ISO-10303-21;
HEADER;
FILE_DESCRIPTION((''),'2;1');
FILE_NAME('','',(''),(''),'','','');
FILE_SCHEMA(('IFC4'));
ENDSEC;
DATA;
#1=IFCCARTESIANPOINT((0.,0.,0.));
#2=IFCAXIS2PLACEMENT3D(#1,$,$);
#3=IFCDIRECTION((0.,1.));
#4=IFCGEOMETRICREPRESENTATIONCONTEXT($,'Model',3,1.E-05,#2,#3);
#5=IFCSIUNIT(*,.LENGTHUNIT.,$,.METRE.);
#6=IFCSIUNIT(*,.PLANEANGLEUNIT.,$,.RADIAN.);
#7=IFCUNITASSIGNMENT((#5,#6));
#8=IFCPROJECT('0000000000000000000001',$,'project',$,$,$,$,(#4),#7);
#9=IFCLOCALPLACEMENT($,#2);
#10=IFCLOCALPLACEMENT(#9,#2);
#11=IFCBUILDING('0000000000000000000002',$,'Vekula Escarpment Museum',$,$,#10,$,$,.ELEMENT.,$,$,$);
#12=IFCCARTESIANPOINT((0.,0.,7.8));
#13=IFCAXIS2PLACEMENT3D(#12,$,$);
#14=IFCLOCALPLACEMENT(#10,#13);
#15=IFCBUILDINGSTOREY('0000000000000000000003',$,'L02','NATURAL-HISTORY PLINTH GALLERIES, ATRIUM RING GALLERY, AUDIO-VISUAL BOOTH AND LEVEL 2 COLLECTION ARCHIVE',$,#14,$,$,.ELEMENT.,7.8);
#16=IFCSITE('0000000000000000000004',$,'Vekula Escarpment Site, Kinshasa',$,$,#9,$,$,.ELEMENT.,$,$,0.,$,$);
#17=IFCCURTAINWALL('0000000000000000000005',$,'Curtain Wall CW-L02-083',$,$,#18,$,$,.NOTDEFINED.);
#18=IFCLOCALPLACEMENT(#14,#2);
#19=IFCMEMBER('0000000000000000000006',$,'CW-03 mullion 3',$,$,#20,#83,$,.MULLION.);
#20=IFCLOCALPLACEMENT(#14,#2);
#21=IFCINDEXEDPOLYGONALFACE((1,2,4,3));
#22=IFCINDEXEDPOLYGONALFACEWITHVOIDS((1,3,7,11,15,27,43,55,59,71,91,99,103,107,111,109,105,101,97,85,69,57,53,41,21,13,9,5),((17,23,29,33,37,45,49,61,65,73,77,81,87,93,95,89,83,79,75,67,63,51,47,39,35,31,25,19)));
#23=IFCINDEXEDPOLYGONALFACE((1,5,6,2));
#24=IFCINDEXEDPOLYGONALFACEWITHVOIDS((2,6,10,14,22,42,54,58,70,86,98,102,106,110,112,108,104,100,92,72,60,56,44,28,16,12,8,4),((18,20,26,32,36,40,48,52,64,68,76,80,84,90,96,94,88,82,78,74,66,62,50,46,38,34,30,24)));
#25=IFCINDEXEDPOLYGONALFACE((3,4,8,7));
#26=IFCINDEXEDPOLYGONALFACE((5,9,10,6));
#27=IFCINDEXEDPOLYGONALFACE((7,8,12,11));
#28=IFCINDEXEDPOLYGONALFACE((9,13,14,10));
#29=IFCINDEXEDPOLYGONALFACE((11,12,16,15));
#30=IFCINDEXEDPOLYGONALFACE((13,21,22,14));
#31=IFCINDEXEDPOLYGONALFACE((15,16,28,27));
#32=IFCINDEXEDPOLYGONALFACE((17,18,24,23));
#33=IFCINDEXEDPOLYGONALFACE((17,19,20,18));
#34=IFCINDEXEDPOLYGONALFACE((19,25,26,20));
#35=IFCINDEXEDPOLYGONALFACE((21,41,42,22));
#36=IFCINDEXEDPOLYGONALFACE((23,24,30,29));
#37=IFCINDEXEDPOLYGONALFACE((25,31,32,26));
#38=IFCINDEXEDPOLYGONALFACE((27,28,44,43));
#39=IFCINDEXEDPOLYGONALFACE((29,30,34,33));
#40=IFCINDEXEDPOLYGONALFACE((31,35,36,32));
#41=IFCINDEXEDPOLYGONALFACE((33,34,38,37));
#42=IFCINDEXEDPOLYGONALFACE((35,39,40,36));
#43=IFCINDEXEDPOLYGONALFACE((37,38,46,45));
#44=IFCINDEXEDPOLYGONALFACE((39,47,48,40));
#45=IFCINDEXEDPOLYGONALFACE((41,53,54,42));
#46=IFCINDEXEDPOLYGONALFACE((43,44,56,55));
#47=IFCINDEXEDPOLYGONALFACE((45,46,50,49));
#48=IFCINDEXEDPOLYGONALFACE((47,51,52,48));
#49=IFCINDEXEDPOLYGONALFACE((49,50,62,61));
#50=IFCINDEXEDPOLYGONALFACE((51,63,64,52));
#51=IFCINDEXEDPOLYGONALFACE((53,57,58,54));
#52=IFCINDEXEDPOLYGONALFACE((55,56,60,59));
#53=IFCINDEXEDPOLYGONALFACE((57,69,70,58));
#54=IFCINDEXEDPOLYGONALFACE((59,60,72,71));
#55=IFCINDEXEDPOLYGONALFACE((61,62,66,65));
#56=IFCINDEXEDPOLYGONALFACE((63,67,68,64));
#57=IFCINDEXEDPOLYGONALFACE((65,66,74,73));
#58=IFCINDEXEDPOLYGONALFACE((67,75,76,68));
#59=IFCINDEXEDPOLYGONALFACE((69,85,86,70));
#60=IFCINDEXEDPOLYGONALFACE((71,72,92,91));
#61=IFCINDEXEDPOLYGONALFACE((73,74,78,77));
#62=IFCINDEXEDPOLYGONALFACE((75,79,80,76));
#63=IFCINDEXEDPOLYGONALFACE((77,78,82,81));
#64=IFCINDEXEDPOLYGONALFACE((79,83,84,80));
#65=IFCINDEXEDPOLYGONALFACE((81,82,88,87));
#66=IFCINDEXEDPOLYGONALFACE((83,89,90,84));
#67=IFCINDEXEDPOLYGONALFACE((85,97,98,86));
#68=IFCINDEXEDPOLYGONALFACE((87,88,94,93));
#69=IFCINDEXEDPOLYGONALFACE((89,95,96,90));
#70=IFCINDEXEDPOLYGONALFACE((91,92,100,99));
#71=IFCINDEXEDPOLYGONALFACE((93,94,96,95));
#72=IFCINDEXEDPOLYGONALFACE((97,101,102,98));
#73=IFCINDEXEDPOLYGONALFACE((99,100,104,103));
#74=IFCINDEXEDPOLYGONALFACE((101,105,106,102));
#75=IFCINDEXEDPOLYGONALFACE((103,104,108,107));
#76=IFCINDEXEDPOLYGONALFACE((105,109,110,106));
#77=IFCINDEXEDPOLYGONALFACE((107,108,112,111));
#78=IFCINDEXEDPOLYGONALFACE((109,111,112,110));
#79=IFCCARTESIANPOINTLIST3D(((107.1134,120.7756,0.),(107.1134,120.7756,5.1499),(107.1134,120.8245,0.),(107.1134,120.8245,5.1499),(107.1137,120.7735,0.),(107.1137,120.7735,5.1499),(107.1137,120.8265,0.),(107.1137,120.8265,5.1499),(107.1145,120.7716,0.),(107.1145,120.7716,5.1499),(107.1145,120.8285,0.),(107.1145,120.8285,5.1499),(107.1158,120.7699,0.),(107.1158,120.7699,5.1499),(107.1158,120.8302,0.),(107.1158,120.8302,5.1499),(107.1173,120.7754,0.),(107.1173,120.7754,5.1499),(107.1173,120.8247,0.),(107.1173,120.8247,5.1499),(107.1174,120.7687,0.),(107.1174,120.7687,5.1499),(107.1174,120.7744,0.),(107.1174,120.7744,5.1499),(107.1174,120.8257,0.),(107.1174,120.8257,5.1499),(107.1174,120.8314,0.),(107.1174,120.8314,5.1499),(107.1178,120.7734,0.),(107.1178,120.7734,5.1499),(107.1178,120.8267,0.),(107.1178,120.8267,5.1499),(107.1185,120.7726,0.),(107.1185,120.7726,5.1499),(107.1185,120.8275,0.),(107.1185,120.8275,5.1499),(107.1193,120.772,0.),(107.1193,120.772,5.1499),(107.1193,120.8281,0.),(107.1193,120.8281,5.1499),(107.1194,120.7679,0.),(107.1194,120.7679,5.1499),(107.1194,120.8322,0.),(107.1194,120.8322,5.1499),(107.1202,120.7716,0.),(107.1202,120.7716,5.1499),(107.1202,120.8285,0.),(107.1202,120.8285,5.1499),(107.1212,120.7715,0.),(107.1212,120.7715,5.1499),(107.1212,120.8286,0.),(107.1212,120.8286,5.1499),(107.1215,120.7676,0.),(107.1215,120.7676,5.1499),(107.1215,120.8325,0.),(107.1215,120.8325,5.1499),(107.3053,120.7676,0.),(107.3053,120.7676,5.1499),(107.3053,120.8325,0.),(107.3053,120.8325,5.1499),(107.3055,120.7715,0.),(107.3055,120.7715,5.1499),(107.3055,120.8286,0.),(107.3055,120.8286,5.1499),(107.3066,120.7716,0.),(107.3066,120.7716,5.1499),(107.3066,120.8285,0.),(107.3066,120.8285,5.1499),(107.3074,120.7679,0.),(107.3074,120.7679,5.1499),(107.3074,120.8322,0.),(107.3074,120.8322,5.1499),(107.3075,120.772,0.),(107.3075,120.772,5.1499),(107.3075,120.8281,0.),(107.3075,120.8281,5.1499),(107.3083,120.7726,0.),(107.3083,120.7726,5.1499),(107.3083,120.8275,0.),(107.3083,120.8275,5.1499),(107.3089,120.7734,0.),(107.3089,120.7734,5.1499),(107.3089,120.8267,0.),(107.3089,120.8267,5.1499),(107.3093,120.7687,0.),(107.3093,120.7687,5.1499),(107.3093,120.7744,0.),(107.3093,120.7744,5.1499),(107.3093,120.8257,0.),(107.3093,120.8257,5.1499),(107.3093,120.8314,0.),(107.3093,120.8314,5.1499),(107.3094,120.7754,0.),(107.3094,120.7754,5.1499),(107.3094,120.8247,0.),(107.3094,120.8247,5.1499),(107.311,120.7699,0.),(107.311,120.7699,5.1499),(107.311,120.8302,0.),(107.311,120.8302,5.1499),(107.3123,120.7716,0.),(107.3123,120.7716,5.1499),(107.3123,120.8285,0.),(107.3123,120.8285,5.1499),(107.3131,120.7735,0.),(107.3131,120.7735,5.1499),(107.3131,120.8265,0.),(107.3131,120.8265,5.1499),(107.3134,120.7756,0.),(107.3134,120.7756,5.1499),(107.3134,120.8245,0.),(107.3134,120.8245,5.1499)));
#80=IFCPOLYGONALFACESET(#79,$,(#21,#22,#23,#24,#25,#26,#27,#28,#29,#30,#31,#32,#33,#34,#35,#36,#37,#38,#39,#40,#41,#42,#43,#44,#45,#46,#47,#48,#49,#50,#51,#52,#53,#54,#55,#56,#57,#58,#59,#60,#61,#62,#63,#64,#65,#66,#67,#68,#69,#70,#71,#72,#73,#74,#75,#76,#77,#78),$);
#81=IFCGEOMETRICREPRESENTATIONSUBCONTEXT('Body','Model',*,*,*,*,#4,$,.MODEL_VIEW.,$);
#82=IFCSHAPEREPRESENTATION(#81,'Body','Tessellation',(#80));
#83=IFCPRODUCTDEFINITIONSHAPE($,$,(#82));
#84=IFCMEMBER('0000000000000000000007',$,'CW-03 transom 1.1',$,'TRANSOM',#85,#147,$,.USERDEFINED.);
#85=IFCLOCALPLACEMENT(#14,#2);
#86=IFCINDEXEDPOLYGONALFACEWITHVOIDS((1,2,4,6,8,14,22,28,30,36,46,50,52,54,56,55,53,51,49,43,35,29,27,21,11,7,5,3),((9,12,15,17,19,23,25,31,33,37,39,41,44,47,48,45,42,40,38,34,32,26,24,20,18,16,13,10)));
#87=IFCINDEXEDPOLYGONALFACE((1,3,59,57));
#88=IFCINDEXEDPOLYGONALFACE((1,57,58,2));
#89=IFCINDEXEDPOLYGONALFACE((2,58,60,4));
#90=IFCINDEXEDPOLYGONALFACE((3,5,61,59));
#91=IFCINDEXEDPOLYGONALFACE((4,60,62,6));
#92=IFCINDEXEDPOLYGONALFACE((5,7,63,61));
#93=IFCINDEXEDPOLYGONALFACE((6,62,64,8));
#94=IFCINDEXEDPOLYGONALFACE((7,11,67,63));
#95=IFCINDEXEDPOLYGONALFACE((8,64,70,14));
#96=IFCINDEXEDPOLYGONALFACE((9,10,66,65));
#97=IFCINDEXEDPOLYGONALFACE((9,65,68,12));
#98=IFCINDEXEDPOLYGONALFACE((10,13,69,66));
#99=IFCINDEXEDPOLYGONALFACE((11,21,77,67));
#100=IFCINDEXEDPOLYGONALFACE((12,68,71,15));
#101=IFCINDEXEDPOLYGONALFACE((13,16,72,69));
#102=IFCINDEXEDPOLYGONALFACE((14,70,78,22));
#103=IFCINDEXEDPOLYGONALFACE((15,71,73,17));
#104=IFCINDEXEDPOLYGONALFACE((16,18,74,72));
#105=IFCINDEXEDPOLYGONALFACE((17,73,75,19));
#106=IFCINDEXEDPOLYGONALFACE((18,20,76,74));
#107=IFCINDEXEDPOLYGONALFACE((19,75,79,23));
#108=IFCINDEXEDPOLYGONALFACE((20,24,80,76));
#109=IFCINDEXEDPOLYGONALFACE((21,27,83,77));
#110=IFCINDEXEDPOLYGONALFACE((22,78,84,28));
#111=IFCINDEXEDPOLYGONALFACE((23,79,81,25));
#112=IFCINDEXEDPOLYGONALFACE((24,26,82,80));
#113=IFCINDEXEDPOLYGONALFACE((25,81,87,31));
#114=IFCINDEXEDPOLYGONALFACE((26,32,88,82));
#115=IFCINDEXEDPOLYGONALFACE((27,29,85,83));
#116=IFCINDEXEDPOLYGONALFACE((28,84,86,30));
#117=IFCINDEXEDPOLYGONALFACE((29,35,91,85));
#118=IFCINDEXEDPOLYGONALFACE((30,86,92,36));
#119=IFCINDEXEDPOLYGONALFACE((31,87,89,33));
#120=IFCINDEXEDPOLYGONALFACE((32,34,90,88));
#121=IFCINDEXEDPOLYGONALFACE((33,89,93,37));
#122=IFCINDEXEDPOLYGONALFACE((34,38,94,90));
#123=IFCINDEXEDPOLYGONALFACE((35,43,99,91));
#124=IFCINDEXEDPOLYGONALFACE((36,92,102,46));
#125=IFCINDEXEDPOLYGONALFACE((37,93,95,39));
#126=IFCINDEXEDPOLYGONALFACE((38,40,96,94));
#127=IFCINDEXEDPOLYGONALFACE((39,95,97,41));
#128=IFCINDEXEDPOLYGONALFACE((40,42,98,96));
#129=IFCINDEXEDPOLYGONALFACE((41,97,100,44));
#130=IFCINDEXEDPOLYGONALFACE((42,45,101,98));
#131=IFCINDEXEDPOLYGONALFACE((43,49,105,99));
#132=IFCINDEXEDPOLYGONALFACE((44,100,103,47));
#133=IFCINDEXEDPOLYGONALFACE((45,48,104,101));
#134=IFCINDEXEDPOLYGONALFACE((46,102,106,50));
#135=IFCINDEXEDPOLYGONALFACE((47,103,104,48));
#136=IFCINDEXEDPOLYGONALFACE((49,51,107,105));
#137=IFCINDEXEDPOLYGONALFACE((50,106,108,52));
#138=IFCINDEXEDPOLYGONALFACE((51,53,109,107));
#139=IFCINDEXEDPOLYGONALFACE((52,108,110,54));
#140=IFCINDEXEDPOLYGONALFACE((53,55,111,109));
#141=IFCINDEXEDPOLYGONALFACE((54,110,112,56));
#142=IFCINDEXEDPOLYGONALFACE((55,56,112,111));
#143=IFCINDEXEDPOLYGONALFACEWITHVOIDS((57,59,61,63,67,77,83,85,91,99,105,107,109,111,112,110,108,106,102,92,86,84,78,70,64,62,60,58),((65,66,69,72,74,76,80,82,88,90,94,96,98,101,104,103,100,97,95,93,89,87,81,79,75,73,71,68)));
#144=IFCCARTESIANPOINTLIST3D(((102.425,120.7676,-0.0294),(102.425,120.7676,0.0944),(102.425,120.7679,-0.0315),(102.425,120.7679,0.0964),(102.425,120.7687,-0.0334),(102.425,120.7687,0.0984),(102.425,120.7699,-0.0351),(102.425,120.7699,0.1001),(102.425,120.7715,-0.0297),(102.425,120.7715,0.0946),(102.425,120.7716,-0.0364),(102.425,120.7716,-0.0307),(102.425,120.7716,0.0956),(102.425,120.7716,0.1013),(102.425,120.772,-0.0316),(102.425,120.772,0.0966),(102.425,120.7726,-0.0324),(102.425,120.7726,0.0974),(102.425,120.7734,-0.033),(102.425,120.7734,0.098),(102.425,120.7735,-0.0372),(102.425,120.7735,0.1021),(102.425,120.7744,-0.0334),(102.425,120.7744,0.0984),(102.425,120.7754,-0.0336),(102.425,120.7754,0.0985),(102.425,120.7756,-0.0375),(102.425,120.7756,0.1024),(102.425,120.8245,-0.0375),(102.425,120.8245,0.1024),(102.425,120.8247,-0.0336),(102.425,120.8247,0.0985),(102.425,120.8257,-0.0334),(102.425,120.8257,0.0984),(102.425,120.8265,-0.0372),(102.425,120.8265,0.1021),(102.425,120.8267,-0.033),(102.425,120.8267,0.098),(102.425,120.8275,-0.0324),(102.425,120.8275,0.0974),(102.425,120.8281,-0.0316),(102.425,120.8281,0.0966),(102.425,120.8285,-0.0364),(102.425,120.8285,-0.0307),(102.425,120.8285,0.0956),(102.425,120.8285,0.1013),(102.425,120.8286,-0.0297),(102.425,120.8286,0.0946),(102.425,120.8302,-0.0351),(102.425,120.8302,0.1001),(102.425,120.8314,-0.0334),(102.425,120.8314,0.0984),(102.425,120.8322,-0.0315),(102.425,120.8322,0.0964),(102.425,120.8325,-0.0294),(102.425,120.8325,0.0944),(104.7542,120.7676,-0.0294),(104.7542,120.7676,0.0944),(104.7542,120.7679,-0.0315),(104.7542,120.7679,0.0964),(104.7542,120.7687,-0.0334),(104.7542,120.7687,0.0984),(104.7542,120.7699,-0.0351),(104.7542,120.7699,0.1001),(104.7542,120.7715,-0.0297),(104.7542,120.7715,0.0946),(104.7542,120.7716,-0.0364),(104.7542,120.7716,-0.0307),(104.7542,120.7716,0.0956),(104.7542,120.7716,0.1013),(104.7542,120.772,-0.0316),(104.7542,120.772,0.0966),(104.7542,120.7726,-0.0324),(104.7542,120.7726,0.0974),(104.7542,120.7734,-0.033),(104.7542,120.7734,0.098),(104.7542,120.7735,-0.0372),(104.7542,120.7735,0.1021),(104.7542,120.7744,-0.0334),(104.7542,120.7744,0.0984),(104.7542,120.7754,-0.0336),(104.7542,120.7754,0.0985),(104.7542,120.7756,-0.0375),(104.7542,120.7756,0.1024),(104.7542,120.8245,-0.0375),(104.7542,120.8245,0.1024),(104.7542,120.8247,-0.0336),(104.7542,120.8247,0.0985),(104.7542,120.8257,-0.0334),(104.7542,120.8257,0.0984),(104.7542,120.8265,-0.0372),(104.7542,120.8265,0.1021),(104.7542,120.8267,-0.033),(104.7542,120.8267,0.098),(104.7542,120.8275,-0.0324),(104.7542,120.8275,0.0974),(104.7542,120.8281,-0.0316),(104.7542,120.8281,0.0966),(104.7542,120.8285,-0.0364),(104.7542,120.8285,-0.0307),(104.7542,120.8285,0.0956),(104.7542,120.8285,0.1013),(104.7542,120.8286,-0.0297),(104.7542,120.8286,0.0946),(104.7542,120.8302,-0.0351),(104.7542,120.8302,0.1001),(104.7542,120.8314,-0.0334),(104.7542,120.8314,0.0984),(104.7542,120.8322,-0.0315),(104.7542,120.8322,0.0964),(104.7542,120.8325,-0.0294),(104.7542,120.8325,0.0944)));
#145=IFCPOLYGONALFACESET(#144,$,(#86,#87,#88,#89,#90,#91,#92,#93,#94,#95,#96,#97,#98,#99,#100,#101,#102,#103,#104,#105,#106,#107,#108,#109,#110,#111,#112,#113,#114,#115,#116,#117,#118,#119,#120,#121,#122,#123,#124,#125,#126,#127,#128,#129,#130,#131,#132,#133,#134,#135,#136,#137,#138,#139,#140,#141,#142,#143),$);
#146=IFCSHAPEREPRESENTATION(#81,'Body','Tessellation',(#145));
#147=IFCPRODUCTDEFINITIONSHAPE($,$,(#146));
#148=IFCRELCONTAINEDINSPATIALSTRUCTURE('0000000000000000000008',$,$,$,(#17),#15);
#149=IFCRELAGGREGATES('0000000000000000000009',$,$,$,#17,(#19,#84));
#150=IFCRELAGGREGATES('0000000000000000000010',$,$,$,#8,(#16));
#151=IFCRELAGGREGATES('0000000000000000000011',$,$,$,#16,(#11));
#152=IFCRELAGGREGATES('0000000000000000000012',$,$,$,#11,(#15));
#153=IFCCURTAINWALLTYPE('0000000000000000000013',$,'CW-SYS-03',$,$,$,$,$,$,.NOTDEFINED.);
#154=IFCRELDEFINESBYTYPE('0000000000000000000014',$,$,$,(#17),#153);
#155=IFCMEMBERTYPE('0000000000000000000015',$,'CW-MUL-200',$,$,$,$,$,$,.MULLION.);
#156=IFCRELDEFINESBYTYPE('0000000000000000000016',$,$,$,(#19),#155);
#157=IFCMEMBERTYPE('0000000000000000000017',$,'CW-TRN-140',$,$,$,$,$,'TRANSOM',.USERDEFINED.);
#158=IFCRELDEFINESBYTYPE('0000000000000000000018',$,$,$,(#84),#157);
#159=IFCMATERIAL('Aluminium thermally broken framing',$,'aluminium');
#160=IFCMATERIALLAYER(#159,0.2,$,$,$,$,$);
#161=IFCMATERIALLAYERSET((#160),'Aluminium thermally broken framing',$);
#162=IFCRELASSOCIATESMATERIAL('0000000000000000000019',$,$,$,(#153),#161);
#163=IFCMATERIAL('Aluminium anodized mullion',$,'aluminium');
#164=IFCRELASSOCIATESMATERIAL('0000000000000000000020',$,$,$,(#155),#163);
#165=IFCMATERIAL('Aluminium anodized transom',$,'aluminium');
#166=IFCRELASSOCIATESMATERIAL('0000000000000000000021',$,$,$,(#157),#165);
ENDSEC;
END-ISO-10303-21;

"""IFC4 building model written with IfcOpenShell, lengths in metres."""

from ifc_helpers import new_model, si_unit, direction, frame, origin, origin_2d, place, context, subcontext, project, spatial, hollow_rectangle, extrude, material, layer, layer_set, material_profile, profile_set, type_object, element, aggregate, save


model = new_model("IFC4")

# Units and contexts
model_context = context("Model", 3, precision=1e-05, world=origin(), true_north=direction((0.0, 1.0)))
body_context = subcontext(model_context, "Body", "Model", "MODEL_VIEW")
ifc_project = project(units=[si_unit("LENGTHUNIT", "METRE"), si_unit("PLANEANGLEUNIT", "RADIAN")], contexts=[model_context])

# Site, building, storey
site_placement = place(None, origin())
site = spatial("IfcSite", under=ifc_project, at=site_placement, Name="Vekula Escarpment Site, Kinshasa", CompositionType="ELEMENT", RefElevation=0.0)
building_placement = place(site_placement, origin())
building = spatial("IfcBuilding", under=site, at=building_placement, Name="Vekula Escarpment Museum", CompositionType="ELEMENT")
storey_placement = place(building_placement, frame((0.0, 0.0, 7.8)))
storey = spatial("IfcBuildingStorey", under=building, at=storey_placement, Name="L02", Description="NATURAL-HISTORY PLINTH GALLERIES, ATRIUM RING GALLERY, AUDIO-VISUAL BOOTH AND LEVEL 2 COLLECTION ARCHIVE", CompositionType="ELEMENT", Elevation=7.8)

# Curtain wall, members
ifc_material_1 = material(Name="Aluminium thermally broken framing", Category="aluminium")
ifc_layer_1 = layer(ifc_material_1, 0.2)
ifc_layer_set_1 = layer_set([ifc_layer_1], Name="Aluminium thermally broken framing")
curtain_wall_type = type_object("IfcCurtainWallType", Name="CW-SYS-03", PredefinedType="NOTDEFINED", material=ifc_layer_set_1)
curtain_wall_placement = place(storey_placement, origin())
curtain_wall = element("IfcCurtainWall", 1, at=curtain_wall_placement, inside=storey, type_object=curtain_wall_type, Name="Curtain Wall CW-L02-083", PredefinedType="NOTDEFINED")
ifc_material_2 = material(Name="Aluminium anodized mullion", Category="aluminium")
ifc_material_profile_1 = material_profile(ifc_material_2, hollow_rectangle(XDim=0.0649, YDim=0.2, WallThickness=0.0039, InnerFilletRadius=0.0039, OuterFilletRadius=0.0081, at=origin_2d()), Name="ALU 200x65x4")
ifc_profile_set_1 = profile_set([ifc_material_profile_1], Name="Aluminium anodized mullion")
member_type_1 = type_object("IfcMemberType", Name="CW-MUL-200", PredefinedType="MULLION", material=ifc_profile_set_1)
member_1_placement = place(storey_placement, frame((107.2134, 120.8, 0.0), z_axis=(0.0, 0.0, 1.0), x_axis=(0.0, 1.0, 0.0)))
member_1 = element("IfcMember", 2, at=member_1_placement, type_object=member_type_1, Name="CW-03 mullion 3", PredefinedType="MULLION", context=body_context, shape_type="SweptSolid", body=[
    extrude(hollow_rectangle(XDim=0.0649, YDim=0.2, WallThickness=0.0039, InnerFilletRadius=0.0039, OuterFilletRadius=0.0081, at=origin_2d()), origin(), (0.0, 0.0, 1.0), 5.1499),
])
ifc_material_3 = material(Name="Aluminium anodized transom", Category="aluminium")
ifc_material_profile_2 = material_profile(ifc_material_3, hollow_rectangle(XDim=0.0649, YDim=0.1399, WallThickness=0.0039, InnerFilletRadius=0.0039, OuterFilletRadius=0.0081, at=origin_2d()), Name="ALU 140x65x4")
ifc_profile_set_2 = profile_set([ifc_material_profile_2], Name="Aluminium anodized transom")
member_type_2 = type_object("IfcMemberType", Name="CW-TRN-140", ElementType="TRANSOM", PredefinedType="USERDEFINED", material=ifc_profile_set_2)
member_2_placement = place(storey_placement, frame((102.425, 120.8, 0.0325), z_axis=(1.0, 0.0, 0.0), x_axis=(0.0, 1.0, 0.0)))
member_2 = element("IfcMember", 3, at=member_2_placement, type_object=member_type_2, Name="CW-03 transom 1.1", ObjectType="TRANSOM", PredefinedType="USERDEFINED", context=body_context, shape_type="SweptSolid", body=[
    extrude(hollow_rectangle(XDim=0.0649, YDim=0.1399, WallThickness=0.0039, InnerFilletRadius=0.0039, OuterFilletRadius=0.0081, at=origin_2d()), origin(), (0.0, 0.0, 1.0), 2.3291),
])
aggregate(curtain_wall, [member_1, member_2])

save(model, "model.ifc")
